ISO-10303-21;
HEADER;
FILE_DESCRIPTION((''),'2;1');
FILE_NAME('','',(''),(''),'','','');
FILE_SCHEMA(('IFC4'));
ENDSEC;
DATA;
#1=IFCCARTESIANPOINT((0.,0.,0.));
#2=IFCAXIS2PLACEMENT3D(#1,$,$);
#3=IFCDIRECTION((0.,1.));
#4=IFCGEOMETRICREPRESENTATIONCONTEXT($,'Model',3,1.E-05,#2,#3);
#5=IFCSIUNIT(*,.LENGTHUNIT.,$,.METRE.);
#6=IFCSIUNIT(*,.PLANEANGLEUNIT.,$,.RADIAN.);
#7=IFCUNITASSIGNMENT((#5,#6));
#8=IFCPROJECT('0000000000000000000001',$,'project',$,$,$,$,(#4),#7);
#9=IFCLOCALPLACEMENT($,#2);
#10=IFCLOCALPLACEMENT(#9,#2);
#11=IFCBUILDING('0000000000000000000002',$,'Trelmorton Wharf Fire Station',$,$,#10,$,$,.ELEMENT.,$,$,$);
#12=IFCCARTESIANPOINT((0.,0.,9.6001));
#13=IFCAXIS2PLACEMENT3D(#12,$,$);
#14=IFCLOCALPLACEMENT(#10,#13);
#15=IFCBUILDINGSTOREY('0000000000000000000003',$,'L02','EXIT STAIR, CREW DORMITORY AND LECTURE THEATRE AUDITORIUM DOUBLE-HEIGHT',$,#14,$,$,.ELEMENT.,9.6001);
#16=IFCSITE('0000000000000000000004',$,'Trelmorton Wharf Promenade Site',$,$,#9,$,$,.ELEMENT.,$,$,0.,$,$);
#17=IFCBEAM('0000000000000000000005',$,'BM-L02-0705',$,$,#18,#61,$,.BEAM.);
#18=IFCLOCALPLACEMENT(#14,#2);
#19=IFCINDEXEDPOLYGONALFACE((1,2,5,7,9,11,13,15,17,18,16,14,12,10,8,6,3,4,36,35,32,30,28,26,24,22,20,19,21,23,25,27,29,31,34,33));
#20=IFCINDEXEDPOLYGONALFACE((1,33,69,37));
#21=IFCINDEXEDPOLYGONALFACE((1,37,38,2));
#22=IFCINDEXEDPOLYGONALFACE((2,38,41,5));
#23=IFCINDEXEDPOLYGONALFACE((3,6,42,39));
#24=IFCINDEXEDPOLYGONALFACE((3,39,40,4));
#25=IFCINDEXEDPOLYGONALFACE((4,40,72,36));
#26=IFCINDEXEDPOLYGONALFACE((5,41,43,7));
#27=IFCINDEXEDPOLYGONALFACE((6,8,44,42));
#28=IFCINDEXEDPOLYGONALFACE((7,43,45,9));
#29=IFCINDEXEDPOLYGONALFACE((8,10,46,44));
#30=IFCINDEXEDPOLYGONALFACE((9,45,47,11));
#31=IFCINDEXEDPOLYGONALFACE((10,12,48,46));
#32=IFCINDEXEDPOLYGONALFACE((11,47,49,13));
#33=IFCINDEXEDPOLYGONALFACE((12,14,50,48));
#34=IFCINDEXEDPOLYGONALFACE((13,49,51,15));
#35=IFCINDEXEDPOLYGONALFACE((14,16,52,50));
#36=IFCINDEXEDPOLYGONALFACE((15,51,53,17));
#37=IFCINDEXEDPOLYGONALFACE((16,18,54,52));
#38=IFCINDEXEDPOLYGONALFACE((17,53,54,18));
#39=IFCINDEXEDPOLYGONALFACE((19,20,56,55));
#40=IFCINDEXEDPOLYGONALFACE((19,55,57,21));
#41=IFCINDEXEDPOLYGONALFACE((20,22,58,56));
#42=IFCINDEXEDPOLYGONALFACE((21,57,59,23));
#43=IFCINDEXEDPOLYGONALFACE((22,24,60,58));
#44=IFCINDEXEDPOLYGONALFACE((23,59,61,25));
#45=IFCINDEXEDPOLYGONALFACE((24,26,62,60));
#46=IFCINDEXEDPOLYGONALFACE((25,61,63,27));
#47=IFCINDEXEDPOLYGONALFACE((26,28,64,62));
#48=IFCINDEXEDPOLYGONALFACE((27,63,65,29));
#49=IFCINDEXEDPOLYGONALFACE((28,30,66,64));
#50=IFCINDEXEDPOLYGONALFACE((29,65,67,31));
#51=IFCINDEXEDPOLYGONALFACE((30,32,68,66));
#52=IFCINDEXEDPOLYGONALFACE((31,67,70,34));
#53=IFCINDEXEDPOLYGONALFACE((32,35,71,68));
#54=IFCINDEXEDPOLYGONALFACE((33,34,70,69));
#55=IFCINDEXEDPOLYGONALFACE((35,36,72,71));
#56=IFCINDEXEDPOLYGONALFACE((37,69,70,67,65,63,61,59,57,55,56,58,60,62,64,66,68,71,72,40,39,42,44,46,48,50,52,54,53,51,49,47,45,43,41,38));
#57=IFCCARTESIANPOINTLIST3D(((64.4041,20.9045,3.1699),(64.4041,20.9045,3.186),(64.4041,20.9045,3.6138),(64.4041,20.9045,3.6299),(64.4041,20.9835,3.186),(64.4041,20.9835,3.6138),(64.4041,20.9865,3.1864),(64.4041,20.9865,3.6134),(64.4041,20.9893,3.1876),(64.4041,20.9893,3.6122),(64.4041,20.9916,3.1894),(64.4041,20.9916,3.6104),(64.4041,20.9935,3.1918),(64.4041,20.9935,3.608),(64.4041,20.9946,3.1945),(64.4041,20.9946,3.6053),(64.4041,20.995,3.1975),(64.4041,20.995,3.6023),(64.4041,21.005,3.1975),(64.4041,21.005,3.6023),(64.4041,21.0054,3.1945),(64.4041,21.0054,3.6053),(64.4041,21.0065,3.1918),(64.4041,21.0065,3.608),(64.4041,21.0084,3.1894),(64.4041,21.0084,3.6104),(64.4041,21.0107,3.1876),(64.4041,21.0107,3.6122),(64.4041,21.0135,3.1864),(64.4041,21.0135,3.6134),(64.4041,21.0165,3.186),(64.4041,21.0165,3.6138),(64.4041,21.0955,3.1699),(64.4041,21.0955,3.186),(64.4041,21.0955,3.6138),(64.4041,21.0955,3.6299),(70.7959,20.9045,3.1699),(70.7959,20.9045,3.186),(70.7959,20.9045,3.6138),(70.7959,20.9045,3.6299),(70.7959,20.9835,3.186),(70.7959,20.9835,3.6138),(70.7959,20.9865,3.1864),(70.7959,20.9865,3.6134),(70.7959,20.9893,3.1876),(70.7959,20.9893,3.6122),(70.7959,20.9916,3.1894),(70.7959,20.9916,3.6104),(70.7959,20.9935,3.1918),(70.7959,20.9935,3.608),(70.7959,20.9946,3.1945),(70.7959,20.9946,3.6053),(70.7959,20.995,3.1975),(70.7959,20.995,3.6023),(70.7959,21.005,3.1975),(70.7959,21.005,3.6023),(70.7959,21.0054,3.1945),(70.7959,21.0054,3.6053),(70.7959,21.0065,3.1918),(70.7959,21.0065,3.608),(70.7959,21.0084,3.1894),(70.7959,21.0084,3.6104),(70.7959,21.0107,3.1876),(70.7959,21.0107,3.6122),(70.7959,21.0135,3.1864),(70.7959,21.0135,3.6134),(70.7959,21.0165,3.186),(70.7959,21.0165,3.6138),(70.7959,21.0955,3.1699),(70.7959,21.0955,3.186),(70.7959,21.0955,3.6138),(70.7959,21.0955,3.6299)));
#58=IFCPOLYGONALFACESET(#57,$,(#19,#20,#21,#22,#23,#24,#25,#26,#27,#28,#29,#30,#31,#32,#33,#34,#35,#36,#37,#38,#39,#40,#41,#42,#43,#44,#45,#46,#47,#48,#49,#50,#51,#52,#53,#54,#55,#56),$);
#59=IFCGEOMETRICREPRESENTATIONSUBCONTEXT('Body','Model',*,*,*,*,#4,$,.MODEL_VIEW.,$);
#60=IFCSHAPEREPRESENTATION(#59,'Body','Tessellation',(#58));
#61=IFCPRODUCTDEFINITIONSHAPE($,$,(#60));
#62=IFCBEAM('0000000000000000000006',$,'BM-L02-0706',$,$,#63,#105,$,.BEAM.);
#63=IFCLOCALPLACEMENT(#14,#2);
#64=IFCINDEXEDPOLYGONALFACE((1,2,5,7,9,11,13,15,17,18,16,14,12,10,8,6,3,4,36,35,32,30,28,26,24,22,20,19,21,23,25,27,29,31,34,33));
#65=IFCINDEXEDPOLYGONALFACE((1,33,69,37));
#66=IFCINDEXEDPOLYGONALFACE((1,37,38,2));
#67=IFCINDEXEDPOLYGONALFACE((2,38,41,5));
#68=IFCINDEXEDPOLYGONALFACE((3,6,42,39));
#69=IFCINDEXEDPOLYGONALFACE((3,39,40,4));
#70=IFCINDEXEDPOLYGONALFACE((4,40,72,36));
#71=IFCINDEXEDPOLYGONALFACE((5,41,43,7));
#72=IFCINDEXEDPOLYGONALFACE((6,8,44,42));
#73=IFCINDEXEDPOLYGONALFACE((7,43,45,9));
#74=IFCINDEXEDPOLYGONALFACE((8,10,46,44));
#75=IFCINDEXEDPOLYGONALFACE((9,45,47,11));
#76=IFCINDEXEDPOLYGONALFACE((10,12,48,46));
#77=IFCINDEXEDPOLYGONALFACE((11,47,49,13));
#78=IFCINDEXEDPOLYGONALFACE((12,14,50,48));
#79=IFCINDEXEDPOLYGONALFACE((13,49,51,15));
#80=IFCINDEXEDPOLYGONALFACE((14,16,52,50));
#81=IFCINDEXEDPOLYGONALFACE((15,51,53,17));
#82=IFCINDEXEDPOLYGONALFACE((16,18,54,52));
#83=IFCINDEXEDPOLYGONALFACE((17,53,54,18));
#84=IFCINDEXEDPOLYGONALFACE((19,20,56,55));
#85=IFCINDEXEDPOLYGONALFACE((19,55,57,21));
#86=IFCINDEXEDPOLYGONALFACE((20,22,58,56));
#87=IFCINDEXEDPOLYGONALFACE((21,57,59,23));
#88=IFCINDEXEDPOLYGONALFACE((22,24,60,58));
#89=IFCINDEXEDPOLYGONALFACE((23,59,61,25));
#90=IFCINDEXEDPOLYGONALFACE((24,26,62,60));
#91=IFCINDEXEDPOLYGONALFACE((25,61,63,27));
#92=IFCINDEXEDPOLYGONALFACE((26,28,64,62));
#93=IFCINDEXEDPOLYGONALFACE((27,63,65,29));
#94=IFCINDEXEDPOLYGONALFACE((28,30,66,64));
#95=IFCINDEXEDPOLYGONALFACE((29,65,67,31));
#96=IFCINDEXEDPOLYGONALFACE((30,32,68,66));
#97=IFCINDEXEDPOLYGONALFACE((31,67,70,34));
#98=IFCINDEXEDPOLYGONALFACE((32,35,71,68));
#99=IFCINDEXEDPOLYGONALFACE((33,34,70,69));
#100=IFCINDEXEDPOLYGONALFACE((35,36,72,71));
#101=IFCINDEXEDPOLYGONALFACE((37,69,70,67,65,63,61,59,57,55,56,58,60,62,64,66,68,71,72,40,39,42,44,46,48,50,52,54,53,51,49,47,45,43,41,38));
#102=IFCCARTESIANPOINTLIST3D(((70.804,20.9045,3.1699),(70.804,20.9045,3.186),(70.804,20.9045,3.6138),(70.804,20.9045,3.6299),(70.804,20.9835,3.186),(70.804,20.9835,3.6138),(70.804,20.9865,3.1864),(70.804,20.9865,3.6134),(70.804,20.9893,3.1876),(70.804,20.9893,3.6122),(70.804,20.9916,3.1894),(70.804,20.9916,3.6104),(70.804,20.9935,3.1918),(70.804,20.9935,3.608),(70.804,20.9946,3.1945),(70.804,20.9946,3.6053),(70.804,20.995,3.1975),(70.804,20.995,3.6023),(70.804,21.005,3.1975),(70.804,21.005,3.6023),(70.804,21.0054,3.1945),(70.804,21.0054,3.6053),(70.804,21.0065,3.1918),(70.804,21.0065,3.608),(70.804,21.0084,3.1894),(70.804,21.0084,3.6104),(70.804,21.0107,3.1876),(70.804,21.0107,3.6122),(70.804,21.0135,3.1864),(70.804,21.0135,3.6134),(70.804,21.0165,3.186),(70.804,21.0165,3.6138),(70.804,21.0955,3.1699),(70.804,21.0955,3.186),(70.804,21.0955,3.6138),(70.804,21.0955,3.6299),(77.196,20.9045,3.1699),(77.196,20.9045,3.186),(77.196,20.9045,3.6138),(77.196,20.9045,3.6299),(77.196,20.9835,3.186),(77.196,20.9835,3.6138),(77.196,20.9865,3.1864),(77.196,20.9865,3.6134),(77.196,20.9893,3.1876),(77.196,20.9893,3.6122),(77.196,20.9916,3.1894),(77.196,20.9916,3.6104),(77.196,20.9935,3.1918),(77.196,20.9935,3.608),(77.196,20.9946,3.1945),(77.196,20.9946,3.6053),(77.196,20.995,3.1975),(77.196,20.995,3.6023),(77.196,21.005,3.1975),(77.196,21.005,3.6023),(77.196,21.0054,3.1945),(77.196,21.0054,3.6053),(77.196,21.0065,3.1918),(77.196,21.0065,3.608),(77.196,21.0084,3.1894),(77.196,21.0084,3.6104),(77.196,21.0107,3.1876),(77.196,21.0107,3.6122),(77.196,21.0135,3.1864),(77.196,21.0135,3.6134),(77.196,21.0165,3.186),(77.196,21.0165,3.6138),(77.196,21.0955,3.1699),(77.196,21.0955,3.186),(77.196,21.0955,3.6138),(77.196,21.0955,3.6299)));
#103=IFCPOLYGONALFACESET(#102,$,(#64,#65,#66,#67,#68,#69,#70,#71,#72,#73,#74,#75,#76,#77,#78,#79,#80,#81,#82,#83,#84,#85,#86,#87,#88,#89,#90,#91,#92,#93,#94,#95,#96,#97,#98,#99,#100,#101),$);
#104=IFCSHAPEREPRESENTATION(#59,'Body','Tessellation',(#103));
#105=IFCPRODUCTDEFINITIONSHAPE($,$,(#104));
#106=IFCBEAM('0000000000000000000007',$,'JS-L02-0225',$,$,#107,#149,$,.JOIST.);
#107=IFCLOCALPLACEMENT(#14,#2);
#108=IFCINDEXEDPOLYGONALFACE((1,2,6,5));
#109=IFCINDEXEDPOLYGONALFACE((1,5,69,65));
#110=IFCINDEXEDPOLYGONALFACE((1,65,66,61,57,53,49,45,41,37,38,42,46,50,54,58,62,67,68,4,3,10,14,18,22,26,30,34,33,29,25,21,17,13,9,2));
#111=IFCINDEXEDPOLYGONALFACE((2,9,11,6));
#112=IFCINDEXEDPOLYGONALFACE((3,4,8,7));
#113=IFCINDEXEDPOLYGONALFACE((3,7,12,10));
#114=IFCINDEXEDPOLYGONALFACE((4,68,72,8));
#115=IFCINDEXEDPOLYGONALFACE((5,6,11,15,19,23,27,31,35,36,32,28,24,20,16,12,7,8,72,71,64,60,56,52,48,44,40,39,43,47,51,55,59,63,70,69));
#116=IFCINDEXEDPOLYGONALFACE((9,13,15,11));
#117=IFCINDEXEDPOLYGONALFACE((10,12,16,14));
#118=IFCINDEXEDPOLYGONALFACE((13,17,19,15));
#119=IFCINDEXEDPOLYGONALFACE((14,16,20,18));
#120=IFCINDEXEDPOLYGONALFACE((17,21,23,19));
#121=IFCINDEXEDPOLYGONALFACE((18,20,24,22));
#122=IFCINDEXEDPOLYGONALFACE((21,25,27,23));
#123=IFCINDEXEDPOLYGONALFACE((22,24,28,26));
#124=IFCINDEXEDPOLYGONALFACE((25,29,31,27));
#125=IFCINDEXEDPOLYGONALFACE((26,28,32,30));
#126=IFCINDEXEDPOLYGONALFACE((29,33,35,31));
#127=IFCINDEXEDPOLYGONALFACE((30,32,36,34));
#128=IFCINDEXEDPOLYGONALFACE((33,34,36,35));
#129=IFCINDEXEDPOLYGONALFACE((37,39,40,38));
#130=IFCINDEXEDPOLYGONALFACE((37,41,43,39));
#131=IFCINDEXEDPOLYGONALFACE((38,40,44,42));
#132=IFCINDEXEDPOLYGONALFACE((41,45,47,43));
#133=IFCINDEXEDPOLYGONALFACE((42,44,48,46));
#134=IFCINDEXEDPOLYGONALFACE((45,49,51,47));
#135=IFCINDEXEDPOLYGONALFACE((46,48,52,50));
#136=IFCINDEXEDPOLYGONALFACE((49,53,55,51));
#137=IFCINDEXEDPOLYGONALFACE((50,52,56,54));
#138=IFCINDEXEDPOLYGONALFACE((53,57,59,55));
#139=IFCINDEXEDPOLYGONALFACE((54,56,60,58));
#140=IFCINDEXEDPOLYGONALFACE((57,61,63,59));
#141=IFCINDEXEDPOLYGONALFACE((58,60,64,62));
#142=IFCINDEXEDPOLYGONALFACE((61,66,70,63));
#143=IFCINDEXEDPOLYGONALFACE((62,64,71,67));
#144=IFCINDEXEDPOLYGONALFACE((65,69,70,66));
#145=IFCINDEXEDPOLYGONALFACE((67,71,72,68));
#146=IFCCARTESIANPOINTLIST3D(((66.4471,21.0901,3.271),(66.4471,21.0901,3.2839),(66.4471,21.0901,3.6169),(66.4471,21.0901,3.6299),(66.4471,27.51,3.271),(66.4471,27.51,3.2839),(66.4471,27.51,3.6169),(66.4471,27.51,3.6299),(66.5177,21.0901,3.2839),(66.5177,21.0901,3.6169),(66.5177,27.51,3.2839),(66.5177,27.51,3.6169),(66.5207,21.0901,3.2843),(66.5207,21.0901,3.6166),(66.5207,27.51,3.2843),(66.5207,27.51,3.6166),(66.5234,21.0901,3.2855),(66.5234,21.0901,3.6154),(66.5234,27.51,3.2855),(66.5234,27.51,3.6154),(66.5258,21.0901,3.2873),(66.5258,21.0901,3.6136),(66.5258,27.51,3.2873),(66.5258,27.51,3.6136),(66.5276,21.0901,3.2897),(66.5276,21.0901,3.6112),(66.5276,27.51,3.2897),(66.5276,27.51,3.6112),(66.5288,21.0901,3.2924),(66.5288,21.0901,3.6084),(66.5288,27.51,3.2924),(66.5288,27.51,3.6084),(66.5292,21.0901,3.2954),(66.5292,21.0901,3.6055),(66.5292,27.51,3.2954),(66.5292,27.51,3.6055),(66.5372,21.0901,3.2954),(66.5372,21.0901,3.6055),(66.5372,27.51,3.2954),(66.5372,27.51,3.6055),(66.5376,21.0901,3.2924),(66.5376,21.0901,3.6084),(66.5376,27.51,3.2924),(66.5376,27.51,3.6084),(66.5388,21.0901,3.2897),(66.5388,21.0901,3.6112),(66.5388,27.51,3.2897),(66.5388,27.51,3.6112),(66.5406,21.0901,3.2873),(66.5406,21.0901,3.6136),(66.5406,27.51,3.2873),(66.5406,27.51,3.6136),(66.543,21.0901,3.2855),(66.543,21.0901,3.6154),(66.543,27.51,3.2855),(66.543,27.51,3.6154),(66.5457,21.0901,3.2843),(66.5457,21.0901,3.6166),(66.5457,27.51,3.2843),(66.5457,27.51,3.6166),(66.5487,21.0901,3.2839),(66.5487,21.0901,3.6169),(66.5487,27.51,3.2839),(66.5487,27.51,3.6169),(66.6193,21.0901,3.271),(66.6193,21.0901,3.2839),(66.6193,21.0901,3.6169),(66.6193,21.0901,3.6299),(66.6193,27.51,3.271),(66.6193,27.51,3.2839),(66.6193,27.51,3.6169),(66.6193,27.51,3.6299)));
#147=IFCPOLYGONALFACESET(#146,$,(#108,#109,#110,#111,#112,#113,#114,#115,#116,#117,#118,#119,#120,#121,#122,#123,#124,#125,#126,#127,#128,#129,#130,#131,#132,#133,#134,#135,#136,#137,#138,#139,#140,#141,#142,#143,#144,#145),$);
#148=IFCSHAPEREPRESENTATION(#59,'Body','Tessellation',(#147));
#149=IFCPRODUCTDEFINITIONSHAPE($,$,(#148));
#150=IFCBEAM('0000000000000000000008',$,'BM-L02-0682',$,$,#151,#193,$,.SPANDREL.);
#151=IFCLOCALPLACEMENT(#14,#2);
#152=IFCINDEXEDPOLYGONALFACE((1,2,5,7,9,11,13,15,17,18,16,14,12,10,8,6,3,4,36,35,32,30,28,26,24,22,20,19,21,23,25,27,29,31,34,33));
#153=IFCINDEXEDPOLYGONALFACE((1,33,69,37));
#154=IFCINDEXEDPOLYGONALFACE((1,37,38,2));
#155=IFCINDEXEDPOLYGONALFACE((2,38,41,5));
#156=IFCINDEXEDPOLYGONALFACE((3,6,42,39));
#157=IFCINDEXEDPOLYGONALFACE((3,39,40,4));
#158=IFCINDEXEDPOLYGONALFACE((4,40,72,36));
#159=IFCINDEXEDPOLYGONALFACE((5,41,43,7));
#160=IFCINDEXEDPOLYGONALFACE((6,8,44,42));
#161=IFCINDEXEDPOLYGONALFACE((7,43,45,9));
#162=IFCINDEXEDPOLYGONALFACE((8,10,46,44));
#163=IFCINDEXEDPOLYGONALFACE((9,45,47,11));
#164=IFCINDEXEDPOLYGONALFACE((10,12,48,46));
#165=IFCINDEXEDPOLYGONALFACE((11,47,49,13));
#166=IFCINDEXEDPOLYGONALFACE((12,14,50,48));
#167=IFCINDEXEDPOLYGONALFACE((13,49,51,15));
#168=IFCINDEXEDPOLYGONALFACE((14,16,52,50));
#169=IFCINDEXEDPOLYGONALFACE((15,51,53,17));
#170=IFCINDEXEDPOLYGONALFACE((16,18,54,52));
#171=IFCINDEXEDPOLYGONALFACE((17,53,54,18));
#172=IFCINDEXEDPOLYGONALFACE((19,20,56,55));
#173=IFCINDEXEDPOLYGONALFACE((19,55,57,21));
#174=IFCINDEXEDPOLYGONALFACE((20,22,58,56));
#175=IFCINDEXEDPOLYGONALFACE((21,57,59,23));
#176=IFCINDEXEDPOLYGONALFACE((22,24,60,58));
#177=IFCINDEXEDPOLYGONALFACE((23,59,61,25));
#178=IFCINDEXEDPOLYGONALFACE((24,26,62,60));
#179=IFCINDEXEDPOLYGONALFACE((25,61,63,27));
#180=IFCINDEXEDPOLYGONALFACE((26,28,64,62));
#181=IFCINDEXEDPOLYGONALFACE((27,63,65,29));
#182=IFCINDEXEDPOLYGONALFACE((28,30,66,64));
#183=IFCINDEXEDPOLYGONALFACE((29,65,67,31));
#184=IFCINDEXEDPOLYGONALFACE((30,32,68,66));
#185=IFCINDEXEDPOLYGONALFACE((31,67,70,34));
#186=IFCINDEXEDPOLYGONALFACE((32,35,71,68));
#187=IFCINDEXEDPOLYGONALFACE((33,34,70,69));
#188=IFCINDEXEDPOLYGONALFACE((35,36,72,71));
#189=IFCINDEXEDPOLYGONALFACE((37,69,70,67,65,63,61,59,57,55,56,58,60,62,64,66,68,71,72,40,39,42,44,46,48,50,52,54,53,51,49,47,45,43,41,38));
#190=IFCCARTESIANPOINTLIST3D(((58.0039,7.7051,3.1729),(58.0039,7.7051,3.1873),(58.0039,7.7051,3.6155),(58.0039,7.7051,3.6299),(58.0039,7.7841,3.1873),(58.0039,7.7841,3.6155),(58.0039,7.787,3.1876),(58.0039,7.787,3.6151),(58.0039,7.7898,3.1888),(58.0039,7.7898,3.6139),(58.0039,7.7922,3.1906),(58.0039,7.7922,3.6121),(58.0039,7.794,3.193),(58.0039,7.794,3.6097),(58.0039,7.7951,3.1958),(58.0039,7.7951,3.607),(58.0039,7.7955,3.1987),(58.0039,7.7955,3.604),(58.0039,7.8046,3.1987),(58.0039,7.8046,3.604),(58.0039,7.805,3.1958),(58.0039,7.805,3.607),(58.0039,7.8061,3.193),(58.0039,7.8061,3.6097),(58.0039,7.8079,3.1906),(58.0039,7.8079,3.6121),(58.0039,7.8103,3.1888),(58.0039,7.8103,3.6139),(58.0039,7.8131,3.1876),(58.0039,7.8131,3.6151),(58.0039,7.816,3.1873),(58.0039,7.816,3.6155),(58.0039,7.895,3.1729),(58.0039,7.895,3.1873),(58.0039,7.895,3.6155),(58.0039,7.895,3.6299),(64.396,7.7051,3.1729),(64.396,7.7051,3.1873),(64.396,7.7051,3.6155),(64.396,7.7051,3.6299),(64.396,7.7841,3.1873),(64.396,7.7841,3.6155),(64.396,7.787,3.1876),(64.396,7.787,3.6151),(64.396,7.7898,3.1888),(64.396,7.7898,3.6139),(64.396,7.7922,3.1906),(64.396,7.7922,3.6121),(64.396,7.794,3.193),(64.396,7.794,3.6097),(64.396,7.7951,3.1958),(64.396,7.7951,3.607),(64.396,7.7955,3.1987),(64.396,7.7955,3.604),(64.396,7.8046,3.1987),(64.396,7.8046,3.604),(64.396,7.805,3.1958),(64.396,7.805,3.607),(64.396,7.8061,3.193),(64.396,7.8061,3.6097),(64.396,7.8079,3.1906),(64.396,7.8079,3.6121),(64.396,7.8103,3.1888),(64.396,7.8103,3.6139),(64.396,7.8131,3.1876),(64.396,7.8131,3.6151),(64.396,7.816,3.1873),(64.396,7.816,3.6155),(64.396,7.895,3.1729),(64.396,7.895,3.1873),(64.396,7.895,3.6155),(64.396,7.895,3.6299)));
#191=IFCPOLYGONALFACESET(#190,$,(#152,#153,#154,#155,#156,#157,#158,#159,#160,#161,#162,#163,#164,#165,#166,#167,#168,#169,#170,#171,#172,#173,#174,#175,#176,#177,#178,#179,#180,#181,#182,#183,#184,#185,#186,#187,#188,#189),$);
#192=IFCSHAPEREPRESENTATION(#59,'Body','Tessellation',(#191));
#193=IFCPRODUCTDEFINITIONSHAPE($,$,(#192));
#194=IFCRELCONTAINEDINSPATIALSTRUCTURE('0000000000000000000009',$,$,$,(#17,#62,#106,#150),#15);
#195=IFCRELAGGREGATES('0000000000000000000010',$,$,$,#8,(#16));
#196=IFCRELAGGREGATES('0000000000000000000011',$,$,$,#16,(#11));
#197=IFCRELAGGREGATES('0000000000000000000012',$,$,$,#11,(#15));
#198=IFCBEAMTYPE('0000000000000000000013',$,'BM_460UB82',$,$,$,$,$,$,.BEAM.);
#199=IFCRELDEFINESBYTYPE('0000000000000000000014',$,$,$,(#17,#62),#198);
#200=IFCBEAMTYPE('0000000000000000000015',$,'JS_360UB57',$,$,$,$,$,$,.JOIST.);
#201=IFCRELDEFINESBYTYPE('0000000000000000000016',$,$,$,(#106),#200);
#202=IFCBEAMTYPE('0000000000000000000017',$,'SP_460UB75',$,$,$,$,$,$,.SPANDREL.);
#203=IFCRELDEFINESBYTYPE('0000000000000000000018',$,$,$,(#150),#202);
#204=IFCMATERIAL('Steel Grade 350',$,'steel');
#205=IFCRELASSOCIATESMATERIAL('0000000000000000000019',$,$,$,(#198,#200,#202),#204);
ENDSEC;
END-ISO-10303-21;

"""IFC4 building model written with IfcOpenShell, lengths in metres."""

from ifc_helpers import new_model, si_unit, direction, frame, origin, origin_2d, place, context, subcontext, project, spatial, i_section, extrude, material, material_profile, profile_set, type_object, element, save


model = new_model("IFC4")

# Units and contexts
model_context = context("Model", 3, precision=1e-05, world=origin(), true_north=direction((0.0, 1.0)))
body_context = subcontext(model_context, "Body", "Model", "MODEL_VIEW")
ifc_project = project(units=[si_unit("LENGTHUNIT", "METRE"), si_unit("PLANEANGLEUNIT", "RADIAN")], contexts=[model_context])

# Site, building, storey
site_placement = place(None, origin())
site = spatial("IfcSite", under=ifc_project, at=site_placement, Name="Trelmorton Wharf Promenade Site", CompositionType="ELEMENT", RefElevation=0.0)
building_placement = place(site_placement, origin())
building = spatial("IfcBuilding", under=site, at=building_placement, Name="Trelmorton Wharf Fire Station", CompositionType="ELEMENT")
storey_placement = place(building_placement, frame((0.0, 0.0, 9.6001)))
storey = spatial("IfcBuildingStorey", under=building, at=storey_placement, Name="L02", Description="EXIT STAIR, CREW DORMITORY AND LECTURE THEATRE AUDITORIUM DOUBLE-HEIGHT", CompositionType="ELEMENT", Elevation=9.6001)

# Shared definitions
ifc_material_1 = material(Name="Steel Grade 350", Category="steel")

# Beams
ifc_material_profile_1 = material_profile(ifc_material_1, i_section(OverallWidth=0.1909, OverallDepth=0.46, WebThickness=0.01, FlangeThickness=0.0161, FilletRadius=0.0115, at=origin_2d()), Name="460UB82.1")
ifc_profile_set_1 = profile_set([ifc_material_profile_1], Name="Steel Grade 350")
beam_type_1 = type_object("IfcBeamType", Name="BM_460UB82", PredefinedType="BEAM", material=ifc_profile_set_1)
beam_1_placement = place(storey_placement, frame((64.4041, 21.0, 3.3999), z_axis=(1.0, 0.0, 0.0), x_axis=(0.0, 1.0, 0.0)))
element("IfcBeam", 1, at=beam_1_placement, inside=storey, type_object=beam_type_1, Name="BM-L02-0705", PredefinedType="BEAM", context=body_context, shape_type="SweptSolid", body=[
    extrude(i_section(OverallWidth=0.1909, OverallDepth=0.46, WebThickness=0.01, FlangeThickness=0.0161, FilletRadius=0.0115, at=origin_2d()), origin(), (0.0, 0.0, 1.0), 6.3918),
])
beam_2_placement = place(storey_placement, frame((70.804, 21.0, 3.3999), z_axis=(1.0, 0.0, 0.0), x_axis=(0.0, 1.0, 0.0)))
element("IfcBeam", 2, at=beam_2_placement, inside=storey, type_object=beam_type_1, Name="BM-L02-0706", PredefinedType="BEAM", context=body_context, shape_type="SweptSolid", body=[
    extrude(i_section(OverallWidth=0.1909, OverallDepth=0.46, WebThickness=0.01, FlangeThickness=0.0161, FilletRadius=0.0115, at=origin_2d()), origin(), (0.0, 0.0, 1.0), 6.3921),
])
ifc_material_profile_2 = material_profile(ifc_material_1, i_section(OverallWidth=0.1721, OverallDepth=0.3589, WebThickness=0.0081, FlangeThickness=0.0129, FilletRadius=0.0115, at=origin_2d()), Name="360UB56.7")
ifc_profile_set_2 = profile_set([ifc_material_profile_2], Name="Steel Grade 350")
beam_type_2 = type_object("IfcBeamType", Name="JS_360UB57", PredefinedType="JOIST", material=ifc_profile_set_2)
beam_3_placement = place(storey_placement, frame((66.5332, 21.0901, 3.4504), z_axis=(0.0, 1.0, 0.0), x_axis=(-1.0, 0.0, 0.0)))
element("IfcBeam", 3, at=beam_3_placement, inside=storey, type_object=beam_type_2, Name="JS-L02-0225", PredefinedType="JOIST", context=body_context, shape_type="SweptSolid", body=[
    extrude(i_section(OverallWidth=0.1721, OverallDepth=0.3589, WebThickness=0.0081, FlangeThickness=0.0129, FilletRadius=0.0115, at=origin_2d()), origin(), (0.0, 0.0, 1.0), 6.4199),
])
ifc_material_profile_3 = material_profile(ifc_material_1, i_section(OverallWidth=0.1899, OverallDepth=0.457, WebThickness=0.009, FlangeThickness=0.0144, FilletRadius=0.0115, at=origin_2d()), Name="460UB74.6")
ifc_profile_set_3 = profile_set([ifc_material_profile_3], Name="Steel Grade 350")
beam_type_3 = type_object("IfcBeamType", Name="SP_460UB75", PredefinedType="SPANDREL", material=ifc_profile_set_3)
beam_4_placement = place(storey_placement, frame((58.0039, 7.8, 3.4014), z_axis=(1.0, 0.0, 0.0), x_axis=(0.0, 1.0, 0.0)))
element("IfcBeam", 4, at=beam_4_placement, inside=storey, type_object=beam_type_3, Name="BM-L02-0682", PredefinedType="SPANDREL", context=body_context, shape_type="SweptSolid", body=[
    extrude(i_section(OverallWidth=0.1899, OverallDepth=0.457, WebThickness=0.009, FlangeThickness=0.0144, FilletRadius=0.0115, at=origin_2d()), origin(), (0.0, 0.0, 1.0), 6.3921),
])

save(model, "model.ifc")
